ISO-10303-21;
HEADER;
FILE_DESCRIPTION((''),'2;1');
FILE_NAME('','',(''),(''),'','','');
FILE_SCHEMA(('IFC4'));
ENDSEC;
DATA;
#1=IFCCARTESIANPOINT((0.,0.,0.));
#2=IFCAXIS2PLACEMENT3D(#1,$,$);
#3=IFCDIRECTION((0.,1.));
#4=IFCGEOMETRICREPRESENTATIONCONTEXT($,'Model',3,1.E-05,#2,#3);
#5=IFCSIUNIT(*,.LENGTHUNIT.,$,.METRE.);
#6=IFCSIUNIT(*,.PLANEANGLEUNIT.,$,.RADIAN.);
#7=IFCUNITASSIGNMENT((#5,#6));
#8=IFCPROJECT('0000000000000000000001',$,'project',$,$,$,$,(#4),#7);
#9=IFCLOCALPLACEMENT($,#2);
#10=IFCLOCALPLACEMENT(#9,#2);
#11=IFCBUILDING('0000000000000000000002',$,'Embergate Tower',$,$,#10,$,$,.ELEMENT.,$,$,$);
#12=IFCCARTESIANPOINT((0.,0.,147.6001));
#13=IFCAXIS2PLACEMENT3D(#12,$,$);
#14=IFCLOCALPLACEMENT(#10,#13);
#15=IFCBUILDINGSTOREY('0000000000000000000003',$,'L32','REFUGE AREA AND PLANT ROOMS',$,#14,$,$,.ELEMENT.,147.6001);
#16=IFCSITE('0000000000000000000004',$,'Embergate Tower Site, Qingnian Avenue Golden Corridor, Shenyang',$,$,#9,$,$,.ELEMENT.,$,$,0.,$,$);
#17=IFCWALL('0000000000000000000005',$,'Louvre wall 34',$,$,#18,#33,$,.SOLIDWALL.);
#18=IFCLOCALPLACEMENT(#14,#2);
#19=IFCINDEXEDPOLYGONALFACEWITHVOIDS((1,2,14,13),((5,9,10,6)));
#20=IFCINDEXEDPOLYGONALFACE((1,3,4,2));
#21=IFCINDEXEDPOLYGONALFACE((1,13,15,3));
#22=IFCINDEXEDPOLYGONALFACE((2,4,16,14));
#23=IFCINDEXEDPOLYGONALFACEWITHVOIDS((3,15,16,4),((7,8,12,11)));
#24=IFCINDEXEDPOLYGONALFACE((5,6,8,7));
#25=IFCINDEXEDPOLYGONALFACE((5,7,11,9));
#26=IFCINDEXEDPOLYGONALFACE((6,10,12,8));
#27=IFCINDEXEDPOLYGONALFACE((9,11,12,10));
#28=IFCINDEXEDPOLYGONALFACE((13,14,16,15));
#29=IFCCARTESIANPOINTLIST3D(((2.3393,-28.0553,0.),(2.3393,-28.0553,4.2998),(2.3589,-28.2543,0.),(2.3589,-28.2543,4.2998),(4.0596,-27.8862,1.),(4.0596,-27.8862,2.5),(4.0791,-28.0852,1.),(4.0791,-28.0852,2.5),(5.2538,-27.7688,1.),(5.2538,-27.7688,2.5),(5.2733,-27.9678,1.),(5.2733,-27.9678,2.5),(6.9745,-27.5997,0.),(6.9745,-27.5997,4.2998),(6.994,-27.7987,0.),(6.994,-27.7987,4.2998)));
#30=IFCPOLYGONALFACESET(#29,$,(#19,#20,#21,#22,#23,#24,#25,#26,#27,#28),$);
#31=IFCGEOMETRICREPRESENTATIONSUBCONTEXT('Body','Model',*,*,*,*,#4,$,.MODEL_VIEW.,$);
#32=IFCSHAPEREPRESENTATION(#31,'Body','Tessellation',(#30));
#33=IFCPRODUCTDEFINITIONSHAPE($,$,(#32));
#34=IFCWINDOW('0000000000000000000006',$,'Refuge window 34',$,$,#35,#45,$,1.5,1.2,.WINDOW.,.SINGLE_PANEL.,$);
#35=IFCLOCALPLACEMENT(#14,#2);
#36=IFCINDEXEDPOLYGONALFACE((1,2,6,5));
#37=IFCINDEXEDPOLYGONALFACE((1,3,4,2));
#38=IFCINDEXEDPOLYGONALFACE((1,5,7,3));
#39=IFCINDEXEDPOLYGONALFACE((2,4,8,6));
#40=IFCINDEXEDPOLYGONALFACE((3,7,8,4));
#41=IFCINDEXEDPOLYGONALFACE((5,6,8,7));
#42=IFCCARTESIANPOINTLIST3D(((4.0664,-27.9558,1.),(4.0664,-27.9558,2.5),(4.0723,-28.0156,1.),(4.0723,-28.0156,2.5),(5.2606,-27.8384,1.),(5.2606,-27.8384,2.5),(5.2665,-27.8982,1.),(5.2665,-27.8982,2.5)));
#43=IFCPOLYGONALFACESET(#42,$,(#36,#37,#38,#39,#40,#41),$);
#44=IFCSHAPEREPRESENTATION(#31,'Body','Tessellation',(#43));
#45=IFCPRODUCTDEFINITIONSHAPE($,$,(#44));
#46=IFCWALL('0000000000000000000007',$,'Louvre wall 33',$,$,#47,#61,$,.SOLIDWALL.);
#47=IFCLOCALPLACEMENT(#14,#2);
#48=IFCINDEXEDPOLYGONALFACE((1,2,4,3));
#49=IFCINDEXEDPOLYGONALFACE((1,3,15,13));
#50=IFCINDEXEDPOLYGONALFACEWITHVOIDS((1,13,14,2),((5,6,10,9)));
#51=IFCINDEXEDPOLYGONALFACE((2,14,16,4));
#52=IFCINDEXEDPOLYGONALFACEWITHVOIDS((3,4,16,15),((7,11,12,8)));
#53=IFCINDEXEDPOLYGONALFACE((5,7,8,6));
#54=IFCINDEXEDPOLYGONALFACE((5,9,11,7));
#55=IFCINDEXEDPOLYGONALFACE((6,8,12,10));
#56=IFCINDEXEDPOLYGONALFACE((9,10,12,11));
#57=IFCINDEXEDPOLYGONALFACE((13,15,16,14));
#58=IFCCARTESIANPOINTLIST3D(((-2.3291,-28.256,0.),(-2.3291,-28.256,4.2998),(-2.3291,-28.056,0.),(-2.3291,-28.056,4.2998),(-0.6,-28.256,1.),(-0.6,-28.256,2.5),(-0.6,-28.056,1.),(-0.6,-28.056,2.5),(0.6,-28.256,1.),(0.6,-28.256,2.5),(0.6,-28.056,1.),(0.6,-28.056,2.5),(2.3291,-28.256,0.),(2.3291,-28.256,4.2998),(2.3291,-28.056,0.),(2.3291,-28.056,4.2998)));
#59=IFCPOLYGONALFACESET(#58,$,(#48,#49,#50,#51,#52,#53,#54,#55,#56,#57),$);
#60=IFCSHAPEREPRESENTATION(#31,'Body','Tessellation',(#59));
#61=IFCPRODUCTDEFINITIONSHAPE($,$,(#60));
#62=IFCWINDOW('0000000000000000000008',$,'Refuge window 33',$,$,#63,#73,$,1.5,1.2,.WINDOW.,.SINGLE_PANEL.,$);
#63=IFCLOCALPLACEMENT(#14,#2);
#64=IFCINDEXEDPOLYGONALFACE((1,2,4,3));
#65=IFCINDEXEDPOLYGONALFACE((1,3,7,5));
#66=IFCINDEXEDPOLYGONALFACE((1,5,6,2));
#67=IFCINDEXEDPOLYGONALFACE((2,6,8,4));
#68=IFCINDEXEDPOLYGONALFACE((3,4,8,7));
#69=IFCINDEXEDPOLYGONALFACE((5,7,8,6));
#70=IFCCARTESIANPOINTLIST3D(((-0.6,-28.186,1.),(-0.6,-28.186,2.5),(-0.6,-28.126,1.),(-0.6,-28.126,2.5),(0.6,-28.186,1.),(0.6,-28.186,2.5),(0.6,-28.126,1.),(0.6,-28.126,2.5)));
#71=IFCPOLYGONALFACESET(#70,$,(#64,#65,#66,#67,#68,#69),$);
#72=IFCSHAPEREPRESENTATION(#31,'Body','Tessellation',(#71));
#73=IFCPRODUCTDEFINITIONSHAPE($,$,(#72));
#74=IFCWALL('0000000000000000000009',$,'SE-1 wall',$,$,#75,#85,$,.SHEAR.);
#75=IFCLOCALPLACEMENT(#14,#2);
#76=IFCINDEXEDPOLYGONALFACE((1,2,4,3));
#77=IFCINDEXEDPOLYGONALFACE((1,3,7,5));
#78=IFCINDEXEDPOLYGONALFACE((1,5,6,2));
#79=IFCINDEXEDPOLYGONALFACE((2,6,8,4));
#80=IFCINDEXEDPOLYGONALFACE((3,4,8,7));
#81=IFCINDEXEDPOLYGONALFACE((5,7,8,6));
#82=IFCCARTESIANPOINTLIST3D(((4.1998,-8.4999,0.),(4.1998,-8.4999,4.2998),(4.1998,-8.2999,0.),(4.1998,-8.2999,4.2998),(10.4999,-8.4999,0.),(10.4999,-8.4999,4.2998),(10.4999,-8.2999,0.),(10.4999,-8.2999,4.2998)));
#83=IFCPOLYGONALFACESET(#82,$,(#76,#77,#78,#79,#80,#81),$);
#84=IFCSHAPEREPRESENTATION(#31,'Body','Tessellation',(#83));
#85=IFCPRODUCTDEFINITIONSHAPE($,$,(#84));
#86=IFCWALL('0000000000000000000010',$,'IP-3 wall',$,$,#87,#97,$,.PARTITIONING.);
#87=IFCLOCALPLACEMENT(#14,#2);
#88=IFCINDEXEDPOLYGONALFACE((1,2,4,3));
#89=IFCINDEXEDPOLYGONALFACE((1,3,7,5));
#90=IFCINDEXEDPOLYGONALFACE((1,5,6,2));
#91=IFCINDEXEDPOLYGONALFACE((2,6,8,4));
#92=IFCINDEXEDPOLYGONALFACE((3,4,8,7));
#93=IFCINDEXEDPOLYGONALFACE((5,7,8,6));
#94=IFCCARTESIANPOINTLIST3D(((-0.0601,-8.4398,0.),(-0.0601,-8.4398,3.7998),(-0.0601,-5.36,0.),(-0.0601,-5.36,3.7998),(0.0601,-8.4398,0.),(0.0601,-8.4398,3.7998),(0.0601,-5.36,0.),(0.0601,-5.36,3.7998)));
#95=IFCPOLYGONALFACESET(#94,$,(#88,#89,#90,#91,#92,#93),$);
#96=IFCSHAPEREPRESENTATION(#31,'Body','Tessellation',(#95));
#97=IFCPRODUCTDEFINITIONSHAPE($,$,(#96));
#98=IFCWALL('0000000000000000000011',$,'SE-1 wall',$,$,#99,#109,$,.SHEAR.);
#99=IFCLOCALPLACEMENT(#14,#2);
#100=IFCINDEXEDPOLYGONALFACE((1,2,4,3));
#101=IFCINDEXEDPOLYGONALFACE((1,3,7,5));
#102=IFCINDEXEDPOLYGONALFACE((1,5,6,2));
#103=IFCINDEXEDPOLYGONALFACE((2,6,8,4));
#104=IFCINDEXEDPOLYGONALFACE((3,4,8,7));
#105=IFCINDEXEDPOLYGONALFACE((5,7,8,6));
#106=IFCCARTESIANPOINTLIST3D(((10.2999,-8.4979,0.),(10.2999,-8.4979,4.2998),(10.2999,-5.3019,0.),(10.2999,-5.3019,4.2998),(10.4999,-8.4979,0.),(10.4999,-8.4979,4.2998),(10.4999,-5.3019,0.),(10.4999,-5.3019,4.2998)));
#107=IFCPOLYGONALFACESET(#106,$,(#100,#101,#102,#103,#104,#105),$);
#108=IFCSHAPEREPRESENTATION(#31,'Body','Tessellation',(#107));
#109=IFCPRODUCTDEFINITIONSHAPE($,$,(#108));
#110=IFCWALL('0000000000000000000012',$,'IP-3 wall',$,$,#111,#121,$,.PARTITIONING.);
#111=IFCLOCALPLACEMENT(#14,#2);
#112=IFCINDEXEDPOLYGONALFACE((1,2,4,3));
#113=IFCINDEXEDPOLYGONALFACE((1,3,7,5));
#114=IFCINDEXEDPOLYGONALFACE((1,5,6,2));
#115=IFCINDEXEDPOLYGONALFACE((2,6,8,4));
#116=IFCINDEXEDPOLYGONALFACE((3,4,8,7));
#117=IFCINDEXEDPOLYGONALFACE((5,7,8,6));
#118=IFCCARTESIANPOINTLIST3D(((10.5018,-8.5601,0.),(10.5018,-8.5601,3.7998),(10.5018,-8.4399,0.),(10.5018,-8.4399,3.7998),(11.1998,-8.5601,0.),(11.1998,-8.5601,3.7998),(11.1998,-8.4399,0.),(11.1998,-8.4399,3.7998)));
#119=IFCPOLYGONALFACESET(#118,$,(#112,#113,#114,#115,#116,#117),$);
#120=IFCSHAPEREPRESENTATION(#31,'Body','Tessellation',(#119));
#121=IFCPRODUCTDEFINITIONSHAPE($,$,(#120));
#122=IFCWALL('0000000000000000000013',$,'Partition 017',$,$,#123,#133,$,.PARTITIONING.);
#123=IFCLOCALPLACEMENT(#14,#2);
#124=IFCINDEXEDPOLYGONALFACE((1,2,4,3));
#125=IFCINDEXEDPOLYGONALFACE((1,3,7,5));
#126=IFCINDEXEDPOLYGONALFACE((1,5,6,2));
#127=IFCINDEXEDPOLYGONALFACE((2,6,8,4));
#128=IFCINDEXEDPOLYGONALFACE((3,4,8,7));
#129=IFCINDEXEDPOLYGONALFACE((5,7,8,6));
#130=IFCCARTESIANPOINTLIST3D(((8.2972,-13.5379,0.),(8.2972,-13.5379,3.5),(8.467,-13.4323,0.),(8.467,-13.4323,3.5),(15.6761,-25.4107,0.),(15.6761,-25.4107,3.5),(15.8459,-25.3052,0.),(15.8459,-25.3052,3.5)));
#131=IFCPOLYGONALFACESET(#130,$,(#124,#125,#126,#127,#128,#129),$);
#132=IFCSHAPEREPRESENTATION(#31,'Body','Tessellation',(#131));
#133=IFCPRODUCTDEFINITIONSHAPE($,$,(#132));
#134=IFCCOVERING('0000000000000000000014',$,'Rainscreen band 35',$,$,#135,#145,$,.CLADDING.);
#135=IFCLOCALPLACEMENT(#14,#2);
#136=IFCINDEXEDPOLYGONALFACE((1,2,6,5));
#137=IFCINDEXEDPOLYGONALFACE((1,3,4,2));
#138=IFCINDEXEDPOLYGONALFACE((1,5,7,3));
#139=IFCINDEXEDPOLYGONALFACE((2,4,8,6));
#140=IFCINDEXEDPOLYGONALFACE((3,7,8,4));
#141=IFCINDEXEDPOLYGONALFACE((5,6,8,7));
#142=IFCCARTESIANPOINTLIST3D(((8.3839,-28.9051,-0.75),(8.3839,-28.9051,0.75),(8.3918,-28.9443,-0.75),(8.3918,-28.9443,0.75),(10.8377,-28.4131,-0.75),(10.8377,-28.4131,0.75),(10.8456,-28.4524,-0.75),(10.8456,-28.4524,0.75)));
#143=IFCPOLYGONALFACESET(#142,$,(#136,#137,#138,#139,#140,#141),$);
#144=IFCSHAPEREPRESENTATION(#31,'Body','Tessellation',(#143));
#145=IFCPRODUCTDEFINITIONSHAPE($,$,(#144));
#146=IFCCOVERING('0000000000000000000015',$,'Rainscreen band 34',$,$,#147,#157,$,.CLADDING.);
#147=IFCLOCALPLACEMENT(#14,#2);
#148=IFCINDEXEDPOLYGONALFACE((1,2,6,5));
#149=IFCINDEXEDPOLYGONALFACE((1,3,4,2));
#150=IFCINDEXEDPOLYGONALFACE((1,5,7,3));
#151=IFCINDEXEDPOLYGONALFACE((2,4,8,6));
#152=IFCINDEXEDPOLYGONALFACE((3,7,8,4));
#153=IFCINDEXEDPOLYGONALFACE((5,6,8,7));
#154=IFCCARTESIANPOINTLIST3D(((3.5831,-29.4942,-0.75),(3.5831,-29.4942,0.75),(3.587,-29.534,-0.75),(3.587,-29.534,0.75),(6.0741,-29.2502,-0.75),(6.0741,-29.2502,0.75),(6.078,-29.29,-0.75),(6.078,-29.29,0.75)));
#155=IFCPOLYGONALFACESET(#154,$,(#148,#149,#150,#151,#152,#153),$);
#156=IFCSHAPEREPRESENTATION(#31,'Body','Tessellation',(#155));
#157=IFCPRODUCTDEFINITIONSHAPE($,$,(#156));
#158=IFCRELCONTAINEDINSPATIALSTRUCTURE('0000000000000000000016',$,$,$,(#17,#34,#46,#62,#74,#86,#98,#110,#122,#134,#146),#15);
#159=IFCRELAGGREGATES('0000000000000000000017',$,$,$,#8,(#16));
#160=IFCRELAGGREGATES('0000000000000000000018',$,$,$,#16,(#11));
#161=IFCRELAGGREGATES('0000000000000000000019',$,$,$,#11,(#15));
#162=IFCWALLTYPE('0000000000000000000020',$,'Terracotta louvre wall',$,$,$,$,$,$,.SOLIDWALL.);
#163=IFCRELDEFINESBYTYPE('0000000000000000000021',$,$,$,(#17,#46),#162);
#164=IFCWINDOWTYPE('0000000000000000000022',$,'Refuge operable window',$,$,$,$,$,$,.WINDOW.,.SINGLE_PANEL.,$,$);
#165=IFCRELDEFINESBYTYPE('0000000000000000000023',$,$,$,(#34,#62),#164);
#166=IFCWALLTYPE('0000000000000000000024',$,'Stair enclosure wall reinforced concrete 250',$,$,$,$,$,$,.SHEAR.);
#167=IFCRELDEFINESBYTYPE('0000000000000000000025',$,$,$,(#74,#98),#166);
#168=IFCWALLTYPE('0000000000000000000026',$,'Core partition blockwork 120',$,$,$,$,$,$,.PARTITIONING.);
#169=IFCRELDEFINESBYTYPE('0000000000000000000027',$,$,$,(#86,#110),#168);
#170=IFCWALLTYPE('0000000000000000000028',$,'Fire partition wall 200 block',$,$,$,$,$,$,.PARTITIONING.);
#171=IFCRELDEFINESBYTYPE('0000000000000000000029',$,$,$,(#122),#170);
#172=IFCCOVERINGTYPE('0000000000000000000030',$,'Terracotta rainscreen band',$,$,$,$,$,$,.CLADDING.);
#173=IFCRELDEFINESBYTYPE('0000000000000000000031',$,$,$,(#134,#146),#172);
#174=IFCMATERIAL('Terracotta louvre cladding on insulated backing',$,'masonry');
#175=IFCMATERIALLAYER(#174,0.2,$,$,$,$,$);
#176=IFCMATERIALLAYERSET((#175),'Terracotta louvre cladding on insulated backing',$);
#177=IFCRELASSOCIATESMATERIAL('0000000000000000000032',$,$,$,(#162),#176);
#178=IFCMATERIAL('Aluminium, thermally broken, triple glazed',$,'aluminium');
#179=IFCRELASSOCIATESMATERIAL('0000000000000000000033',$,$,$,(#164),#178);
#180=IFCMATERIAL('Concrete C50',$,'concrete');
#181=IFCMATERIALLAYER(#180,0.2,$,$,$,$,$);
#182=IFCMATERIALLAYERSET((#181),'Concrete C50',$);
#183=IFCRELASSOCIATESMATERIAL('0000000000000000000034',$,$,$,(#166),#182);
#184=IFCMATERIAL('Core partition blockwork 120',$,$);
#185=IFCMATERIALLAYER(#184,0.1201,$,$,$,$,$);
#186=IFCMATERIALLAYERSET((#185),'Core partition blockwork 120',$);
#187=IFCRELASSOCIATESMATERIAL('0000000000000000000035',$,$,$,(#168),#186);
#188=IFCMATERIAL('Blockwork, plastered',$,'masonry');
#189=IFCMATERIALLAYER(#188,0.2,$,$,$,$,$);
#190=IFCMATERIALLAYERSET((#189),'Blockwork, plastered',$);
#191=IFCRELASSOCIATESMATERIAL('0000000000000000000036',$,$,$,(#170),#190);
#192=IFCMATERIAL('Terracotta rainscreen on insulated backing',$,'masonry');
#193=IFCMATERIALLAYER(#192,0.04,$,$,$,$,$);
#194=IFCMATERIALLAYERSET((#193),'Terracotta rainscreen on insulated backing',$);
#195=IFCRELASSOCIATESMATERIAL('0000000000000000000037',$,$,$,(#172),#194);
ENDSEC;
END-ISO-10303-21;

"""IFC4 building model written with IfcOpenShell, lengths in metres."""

from ifc_helpers import new_model, si_unit, direction, frame, frame_2d, origin, origin_2d, place, context, subcontext, project, spatial, rectangle, extrude, source, transform, mapped, material, layer, layer_set, type_object, element, fill, save


model = new_model("IFC4")

# Units and contexts
model_context = context("Model", 3, precision=1e-05, world=origin(), true_north=direction((0.0, 1.0)))
body_context = subcontext(model_context, "Body", "Model", "MODEL_VIEW")
ifc_project = project(units=[si_unit("LENGTHUNIT", "METRE"), si_unit("PLANEANGLEUNIT", "RADIAN")], contexts=[model_context])

# Site, building, storey
site_placement = place(None, origin())
site = spatial("IfcSite", under=ifc_project, at=site_placement, Name="Embergate Tower Site, Qingnian Avenue Golden Corridor, Shenyang", CompositionType="ELEMENT", RefElevation=0.0)
building_placement = place(site_placement, origin())
building = spatial("IfcBuilding", under=site, at=building_placement, Name="Embergate Tower", CompositionType="ELEMENT")
storey_placement = place(building_placement, frame((0.0, 0.0, 147.6001)))
storey = spatial("IfcBuildingStorey", under=building, at=storey_placement, Name="L32", Description="REFUGE AREA AND PLANT ROOMS", CompositionType="ELEMENT", Elevation=147.6001)

# Walls, openings, windows
ifc_material_1 = material(Name="Terracotta louvre cladding on insulated backing", Category="masonry")
ifc_layer_1 = layer(ifc_material_1, 0.2)
ifc_layer_set_1 = layer_set([ifc_layer_1], Name="Terracotta louvre cladding on insulated backing")
wall_type_1 = type_object("IfcWallType", Name="Terracotta louvre wall", PredefinedType="SOLIDWALL", material=ifc_layer_set_1)
shared_shape_1 = source(origin(), body_context, "Body", "SweptSolid", [
    extrude(rectangle(XDim=1.2, YDim=1.5, at=frame_2d((0.6001, 0.75))), frame((0.0, 0.1099, 0.0), z_axis=(0.0, -1.0, 0.0), x_axis=(1.0, 0.0, 0.0)), (0.0, 0.0, 1.0), 0.22),
])
ifc_material_2 = material(Name="Aluminium, thermally broken, triple glazed", Category="aluminium")
window_type = type_object("IfcWindowType", Name="Refuge operable window", PartitioningType="SINGLE_PANEL", PredefinedType="WINDOW", material=ifc_material_2)
shared_shape_2 = source(origin(), body_context, "Body", "SweptSolid", [
    extrude(rectangle(XDim=1.2, YDim=1.5, at=frame_2d((0.6001, 0.75))), frame((0.0, 0.03, 0.0), z_axis=(0.0, -1.0, 0.0), x_axis=(1.0, 0.0, 0.0)), (0.0, 0.0, 1.0), 0.0601),
])
shared_shape_3 = source(origin(), body_context, "Body", "SweptSolid", [
    extrude(rectangle(XDim=4.6575, YDim=0.2, at=frame_2d((2.3286, 0.0))), origin(), (0.0, 0.0, 1.0), 4.2998),
])
wall_1_placement = place(storey_placement, frame((6.9841, -27.6992, 0.0), z_axis=(0.0, 0.0, 1.0), x_axis=(-0.995205, -0.097812, 0.0)))
wall_1 = element("IfcWall", 1, at=wall_1_placement, inside=storey, type_object=wall_type_1, Name="Louvre wall 34", PredefinedType="SOLIDWALL", context=body_context, shape_type="MappedRepresentation", body=[
    mapped(shared_shape_3, transform((0.0, 0.0, 0.0))),
])
opening_1_placement = place(wall_1_placement, frame((1.7288, 0.0, 1.0)))
opening_1 = element("IfcOpeningElement", 2, at=opening_1_placement, cuts=wall_1, PredefinedType="OPENING", context=body_context, shape_type="MappedRepresentation", body=[
    mapped(shared_shape_1, transform((0.0, 0.0, 0.0))),
])
window_1_placement = place(opening_1_placement, origin())
window_1 = element("IfcWindow", 3, at=window_1_placement, inside=storey, type_object=window_type, Name="Refuge window 34", OverallHeight=1.5, OverallWidth=1.2, PartitioningType="SINGLE_PANEL", PredefinedType="WINDOW", context=body_context, shape_type="MappedRepresentation", body=[
    mapped(shared_shape_2, transform((0.0, 0.0, 0.0))),
])
fill(opening_1, window_1)
shared_shape_4 = source(origin(), body_context, "Body", "SweptSolid", [
    extrude(rectangle(XDim=4.6582, YDim=0.2, at=frame_2d((2.3291, 0.0))), origin(), (0.0, 0.0, 1.0), 4.2998),
])
wall_2_placement = place(storey_placement, frame((2.3291, -28.156, 0.0), z_axis=(0.0, 0.0, 1.0), x_axis=(-1.0, 0.0, 0.0)))
wall_2 = element("IfcWall", 4, at=wall_2_placement, inside=storey, type_object=wall_type_1, Name="Louvre wall 33", PredefinedType="SOLIDWALL", context=body_context, shape_type="MappedRepresentation", body=[
    mapped(shared_shape_4, transform((0.0, 0.0, 0.0))),
])
opening_2_placement = place(wall_2_placement, frame((1.729, 0.0, 1.0)))
opening_2 = element("IfcOpeningElement", 5, at=opening_2_placement, cuts=wall_2, PredefinedType="OPENING", context=body_context, shape_type="MappedRepresentation", body=[
    mapped(shared_shape_1, transform((0.0, 0.0, 0.0))),
])
window_2_placement = place(opening_2_placement, origin())
window_2 = element("IfcWindow", 6, at=window_2_placement, inside=storey, type_object=window_type, Name="Refuge window 33", OverallHeight=1.5, OverallWidth=1.2, PartitioningType="SINGLE_PANEL", PredefinedType="WINDOW", context=body_context, shape_type="MappedRepresentation", body=[
    mapped(shared_shape_2, transform((0.0, 0.0, 0.0))),
])
fill(opening_2, window_2)

# Walls
ifc_material_3 = material(Name="Concrete C50", Category="concrete")
ifc_layer_2 = layer(ifc_material_3, 0.2)
ifc_layer_set_2 = layer_set([ifc_layer_2], Name="Concrete C50")
wall_type_2 = type_object("IfcWallType", Name="Stair enclosure wall reinforced concrete 250", PredefinedType="SHEAR", material=ifc_layer_set_2)
shared_shape_5 = source(origin(), body_context, "Body", "SweptSolid", [
    extrude(rectangle(XDim=6.3, YDim=0.2, at=frame_2d((3.1499, 0.0))), origin(), (0.0, 0.0, 1.0), 4.2998),
])
wall_3_placement = place(storey_placement, frame((4.2, -8.3999, 0.0), z_axis=(0.0, 0.0, 1.0), x_axis=(1.0, 0.0, 0.0)))
element("IfcWall", 7, at=wall_3_placement, inside=storey, type_object=wall_type_2, Name="SE-1 wall", PredefinedType="SHEAR", context=body_context, shape_type="MappedRepresentation", body=[
    mapped(shared_shape_5, transform((0.0, 0.0, 0.0))),
])
ifc_material_4 = material(Name="Core partition blockwork 120")
ifc_layer_3 = layer(ifc_material_4, 0.1201)
ifc_layer_set_3 = layer_set([ifc_layer_3], Name="Core partition blockwork 120")
wall_type_3 = type_object("IfcWallType", Name="Core partition blockwork 120", PredefinedType="PARTITIONING", material=ifc_layer_set_3)
shared_shape_6 = source(origin(), body_context, "Body", "SweptSolid", [
    extrude(rectangle(XDim=3.0798, YDim=0.1201, at=frame_2d((1.54, 0.0))), origin(), (0.0, 0.0, 1.0), 3.7998),
])
wall_4_placement = place(storey_placement, frame((0.0, -8.4399, 0.0), z_axis=(0.0, 0.0, 1.0), x_axis=(0.0, 1.0, 0.0)))
element("IfcWall", 8, at=wall_4_placement, inside=storey, type_object=wall_type_3, Name="IP-3 wall", PredefinedType="PARTITIONING", context=body_context, shape_type="MappedRepresentation", body=[
    mapped(shared_shape_6, transform((0.0, 0.0, 0.0))),
])
shared_shape_7 = source(origin(), body_context, "Body", "SweptSolid", [
    extrude(rectangle(XDim=3.196, YDim=0.2, at=frame_2d((1.5981, 0.0))), origin(), (0.0, 0.0, 1.0), 4.2998),
])
wall_5_placement = place(storey_placement, frame((10.3999, -8.498, 0.0), z_axis=(0.0, 0.0, 1.0), x_axis=(0.0, 1.0, 0.0)))
element("IfcWall", 9, at=wall_5_placement, inside=storey, type_object=wall_type_2, Name="SE-1 wall", PredefinedType="SHEAR", context=body_context, shape_type="MappedRepresentation", body=[
    mapped(shared_shape_7, transform((0.0, 0.0, 0.0))),
])
shared_shape_8 = source(origin(), body_context, "Body", "SweptSolid", [
    extrude(rectangle(XDim=0.698, YDim=0.1201, at=frame_2d((0.3491, 0.0))), origin(), (0.0, 0.0, 1.0), 3.7998),
])
wall_6_placement = place(storey_placement, frame((11.2, -8.5, 0.0), z_axis=(0.0, 0.0, 1.0), x_axis=(-1.0, 0.0, 0.0)))
element("IfcWall", 10, at=wall_6_placement, inside=storey, type_object=wall_type_3, Name="IP-3 wall", PredefinedType="PARTITIONING", context=body_context, shape_type="MappedRepresentation", body=[
    mapped(shared_shape_8, transform((0.0, 0.0, 0.0))),
])

# Shared definitions
ifc_material_5 = material(Name="Blockwork, plastered", Category="masonry")
ifc_layer_4 = layer(ifc_material_5, 0.2)
ifc_layer_set_4 = layer_set([ifc_layer_4], Name="Blockwork, plastered")
wall_type_4 = type_object("IfcWallType", Name="Fire partition wall 200 block", PredefinedType="PARTITIONING", material=ifc_layer_set_4)

# Wall
shared_shape_9 = source(origin(), body_context, "Body", "SweptSolid", [
    extrude(rectangle(XDim=13.979, YDim=0.2, at=frame_2d((6.9895, 0.0))), origin(), (0.0, 0.0, 1.0), 3.5),
])
wall_7_placement = place(storey_placement, frame((8.3821, -13.4851, 0.0), z_axis=(0.0, 0.0, 1.0), x_axis=(0.527858, -0.849333, 0.0)))
element("IfcWall", 11, at=wall_7_placement, inside=storey, type_object=wall_type_4, Name="Partition 017", PredefinedType="PARTITIONING", context=body_context, shape_type="MappedRepresentation", body=[
    mapped(shared_shape_9, transform((0.0, 0.0, 0.0))),
])

# Coverings
ifc_material_6 = material(Name="Terracotta rainscreen on insulated backing", Category="masonry")
ifc_layer_5 = layer(ifc_material_6, 0.04)
ifc_layer_set_5 = layer_set([ifc_layer_5], Name="Terracotta rainscreen on insulated backing")
covering_type = type_object("IfcCoveringType", Name="Terracotta rainscreen band", PredefinedType="CLADDING", material=ifc_layer_set_5)
shared_shape_10 = source(origin(), body_context, "Body", "SweptSolid", [
    extrude(rectangle(XDim=2.5027, YDim=0.04, at=origin_2d()), origin(), (0.0, 0.0, 1.0), 1.5),
])
covering_1_placement = place(storey_placement, frame((9.6147, -28.6787, -0.75), z_axis=(0.0, 0.0, 1.0), x_axis=(0.980488, 0.196578, 0.0)))
element("IfcCovering", 12, at=covering_1_placement, inside=storey, type_object=covering_type, Name="Rainscreen band 35", PredefinedType="CLADDING", context=body_context, shape_type="MappedRepresentation", body=[
    mapped(shared_shape_10, transform((0.0, 0.0, 0.0))),
])
shared_shape_11 = source(origin(), body_context, "Body", "SweptSolid", [
    extrude(rectangle(XDim=2.5029, YDim=0.04, at=origin_2d()), origin(), (0.0, 0.0, 1.0), 1.5),
])
covering_2_placement = place(storey_placement, frame((4.8306, -29.3921, -0.75), z_axis=(0.0, 0.0, 1.0), x_axis=(0.995237, 0.097486, 0.0)))
element("IfcCovering", 13, at=covering_2_placement, inside=storey, type_object=covering_type, Name="Rainscreen band 34", PredefinedType="CLADDING", context=body_context, shape_type="MappedRepresentation", body=[
    mapped(shared_shape_11, transform((0.0, 0.0, 0.0))),
])

save(model, "model.ifc")
